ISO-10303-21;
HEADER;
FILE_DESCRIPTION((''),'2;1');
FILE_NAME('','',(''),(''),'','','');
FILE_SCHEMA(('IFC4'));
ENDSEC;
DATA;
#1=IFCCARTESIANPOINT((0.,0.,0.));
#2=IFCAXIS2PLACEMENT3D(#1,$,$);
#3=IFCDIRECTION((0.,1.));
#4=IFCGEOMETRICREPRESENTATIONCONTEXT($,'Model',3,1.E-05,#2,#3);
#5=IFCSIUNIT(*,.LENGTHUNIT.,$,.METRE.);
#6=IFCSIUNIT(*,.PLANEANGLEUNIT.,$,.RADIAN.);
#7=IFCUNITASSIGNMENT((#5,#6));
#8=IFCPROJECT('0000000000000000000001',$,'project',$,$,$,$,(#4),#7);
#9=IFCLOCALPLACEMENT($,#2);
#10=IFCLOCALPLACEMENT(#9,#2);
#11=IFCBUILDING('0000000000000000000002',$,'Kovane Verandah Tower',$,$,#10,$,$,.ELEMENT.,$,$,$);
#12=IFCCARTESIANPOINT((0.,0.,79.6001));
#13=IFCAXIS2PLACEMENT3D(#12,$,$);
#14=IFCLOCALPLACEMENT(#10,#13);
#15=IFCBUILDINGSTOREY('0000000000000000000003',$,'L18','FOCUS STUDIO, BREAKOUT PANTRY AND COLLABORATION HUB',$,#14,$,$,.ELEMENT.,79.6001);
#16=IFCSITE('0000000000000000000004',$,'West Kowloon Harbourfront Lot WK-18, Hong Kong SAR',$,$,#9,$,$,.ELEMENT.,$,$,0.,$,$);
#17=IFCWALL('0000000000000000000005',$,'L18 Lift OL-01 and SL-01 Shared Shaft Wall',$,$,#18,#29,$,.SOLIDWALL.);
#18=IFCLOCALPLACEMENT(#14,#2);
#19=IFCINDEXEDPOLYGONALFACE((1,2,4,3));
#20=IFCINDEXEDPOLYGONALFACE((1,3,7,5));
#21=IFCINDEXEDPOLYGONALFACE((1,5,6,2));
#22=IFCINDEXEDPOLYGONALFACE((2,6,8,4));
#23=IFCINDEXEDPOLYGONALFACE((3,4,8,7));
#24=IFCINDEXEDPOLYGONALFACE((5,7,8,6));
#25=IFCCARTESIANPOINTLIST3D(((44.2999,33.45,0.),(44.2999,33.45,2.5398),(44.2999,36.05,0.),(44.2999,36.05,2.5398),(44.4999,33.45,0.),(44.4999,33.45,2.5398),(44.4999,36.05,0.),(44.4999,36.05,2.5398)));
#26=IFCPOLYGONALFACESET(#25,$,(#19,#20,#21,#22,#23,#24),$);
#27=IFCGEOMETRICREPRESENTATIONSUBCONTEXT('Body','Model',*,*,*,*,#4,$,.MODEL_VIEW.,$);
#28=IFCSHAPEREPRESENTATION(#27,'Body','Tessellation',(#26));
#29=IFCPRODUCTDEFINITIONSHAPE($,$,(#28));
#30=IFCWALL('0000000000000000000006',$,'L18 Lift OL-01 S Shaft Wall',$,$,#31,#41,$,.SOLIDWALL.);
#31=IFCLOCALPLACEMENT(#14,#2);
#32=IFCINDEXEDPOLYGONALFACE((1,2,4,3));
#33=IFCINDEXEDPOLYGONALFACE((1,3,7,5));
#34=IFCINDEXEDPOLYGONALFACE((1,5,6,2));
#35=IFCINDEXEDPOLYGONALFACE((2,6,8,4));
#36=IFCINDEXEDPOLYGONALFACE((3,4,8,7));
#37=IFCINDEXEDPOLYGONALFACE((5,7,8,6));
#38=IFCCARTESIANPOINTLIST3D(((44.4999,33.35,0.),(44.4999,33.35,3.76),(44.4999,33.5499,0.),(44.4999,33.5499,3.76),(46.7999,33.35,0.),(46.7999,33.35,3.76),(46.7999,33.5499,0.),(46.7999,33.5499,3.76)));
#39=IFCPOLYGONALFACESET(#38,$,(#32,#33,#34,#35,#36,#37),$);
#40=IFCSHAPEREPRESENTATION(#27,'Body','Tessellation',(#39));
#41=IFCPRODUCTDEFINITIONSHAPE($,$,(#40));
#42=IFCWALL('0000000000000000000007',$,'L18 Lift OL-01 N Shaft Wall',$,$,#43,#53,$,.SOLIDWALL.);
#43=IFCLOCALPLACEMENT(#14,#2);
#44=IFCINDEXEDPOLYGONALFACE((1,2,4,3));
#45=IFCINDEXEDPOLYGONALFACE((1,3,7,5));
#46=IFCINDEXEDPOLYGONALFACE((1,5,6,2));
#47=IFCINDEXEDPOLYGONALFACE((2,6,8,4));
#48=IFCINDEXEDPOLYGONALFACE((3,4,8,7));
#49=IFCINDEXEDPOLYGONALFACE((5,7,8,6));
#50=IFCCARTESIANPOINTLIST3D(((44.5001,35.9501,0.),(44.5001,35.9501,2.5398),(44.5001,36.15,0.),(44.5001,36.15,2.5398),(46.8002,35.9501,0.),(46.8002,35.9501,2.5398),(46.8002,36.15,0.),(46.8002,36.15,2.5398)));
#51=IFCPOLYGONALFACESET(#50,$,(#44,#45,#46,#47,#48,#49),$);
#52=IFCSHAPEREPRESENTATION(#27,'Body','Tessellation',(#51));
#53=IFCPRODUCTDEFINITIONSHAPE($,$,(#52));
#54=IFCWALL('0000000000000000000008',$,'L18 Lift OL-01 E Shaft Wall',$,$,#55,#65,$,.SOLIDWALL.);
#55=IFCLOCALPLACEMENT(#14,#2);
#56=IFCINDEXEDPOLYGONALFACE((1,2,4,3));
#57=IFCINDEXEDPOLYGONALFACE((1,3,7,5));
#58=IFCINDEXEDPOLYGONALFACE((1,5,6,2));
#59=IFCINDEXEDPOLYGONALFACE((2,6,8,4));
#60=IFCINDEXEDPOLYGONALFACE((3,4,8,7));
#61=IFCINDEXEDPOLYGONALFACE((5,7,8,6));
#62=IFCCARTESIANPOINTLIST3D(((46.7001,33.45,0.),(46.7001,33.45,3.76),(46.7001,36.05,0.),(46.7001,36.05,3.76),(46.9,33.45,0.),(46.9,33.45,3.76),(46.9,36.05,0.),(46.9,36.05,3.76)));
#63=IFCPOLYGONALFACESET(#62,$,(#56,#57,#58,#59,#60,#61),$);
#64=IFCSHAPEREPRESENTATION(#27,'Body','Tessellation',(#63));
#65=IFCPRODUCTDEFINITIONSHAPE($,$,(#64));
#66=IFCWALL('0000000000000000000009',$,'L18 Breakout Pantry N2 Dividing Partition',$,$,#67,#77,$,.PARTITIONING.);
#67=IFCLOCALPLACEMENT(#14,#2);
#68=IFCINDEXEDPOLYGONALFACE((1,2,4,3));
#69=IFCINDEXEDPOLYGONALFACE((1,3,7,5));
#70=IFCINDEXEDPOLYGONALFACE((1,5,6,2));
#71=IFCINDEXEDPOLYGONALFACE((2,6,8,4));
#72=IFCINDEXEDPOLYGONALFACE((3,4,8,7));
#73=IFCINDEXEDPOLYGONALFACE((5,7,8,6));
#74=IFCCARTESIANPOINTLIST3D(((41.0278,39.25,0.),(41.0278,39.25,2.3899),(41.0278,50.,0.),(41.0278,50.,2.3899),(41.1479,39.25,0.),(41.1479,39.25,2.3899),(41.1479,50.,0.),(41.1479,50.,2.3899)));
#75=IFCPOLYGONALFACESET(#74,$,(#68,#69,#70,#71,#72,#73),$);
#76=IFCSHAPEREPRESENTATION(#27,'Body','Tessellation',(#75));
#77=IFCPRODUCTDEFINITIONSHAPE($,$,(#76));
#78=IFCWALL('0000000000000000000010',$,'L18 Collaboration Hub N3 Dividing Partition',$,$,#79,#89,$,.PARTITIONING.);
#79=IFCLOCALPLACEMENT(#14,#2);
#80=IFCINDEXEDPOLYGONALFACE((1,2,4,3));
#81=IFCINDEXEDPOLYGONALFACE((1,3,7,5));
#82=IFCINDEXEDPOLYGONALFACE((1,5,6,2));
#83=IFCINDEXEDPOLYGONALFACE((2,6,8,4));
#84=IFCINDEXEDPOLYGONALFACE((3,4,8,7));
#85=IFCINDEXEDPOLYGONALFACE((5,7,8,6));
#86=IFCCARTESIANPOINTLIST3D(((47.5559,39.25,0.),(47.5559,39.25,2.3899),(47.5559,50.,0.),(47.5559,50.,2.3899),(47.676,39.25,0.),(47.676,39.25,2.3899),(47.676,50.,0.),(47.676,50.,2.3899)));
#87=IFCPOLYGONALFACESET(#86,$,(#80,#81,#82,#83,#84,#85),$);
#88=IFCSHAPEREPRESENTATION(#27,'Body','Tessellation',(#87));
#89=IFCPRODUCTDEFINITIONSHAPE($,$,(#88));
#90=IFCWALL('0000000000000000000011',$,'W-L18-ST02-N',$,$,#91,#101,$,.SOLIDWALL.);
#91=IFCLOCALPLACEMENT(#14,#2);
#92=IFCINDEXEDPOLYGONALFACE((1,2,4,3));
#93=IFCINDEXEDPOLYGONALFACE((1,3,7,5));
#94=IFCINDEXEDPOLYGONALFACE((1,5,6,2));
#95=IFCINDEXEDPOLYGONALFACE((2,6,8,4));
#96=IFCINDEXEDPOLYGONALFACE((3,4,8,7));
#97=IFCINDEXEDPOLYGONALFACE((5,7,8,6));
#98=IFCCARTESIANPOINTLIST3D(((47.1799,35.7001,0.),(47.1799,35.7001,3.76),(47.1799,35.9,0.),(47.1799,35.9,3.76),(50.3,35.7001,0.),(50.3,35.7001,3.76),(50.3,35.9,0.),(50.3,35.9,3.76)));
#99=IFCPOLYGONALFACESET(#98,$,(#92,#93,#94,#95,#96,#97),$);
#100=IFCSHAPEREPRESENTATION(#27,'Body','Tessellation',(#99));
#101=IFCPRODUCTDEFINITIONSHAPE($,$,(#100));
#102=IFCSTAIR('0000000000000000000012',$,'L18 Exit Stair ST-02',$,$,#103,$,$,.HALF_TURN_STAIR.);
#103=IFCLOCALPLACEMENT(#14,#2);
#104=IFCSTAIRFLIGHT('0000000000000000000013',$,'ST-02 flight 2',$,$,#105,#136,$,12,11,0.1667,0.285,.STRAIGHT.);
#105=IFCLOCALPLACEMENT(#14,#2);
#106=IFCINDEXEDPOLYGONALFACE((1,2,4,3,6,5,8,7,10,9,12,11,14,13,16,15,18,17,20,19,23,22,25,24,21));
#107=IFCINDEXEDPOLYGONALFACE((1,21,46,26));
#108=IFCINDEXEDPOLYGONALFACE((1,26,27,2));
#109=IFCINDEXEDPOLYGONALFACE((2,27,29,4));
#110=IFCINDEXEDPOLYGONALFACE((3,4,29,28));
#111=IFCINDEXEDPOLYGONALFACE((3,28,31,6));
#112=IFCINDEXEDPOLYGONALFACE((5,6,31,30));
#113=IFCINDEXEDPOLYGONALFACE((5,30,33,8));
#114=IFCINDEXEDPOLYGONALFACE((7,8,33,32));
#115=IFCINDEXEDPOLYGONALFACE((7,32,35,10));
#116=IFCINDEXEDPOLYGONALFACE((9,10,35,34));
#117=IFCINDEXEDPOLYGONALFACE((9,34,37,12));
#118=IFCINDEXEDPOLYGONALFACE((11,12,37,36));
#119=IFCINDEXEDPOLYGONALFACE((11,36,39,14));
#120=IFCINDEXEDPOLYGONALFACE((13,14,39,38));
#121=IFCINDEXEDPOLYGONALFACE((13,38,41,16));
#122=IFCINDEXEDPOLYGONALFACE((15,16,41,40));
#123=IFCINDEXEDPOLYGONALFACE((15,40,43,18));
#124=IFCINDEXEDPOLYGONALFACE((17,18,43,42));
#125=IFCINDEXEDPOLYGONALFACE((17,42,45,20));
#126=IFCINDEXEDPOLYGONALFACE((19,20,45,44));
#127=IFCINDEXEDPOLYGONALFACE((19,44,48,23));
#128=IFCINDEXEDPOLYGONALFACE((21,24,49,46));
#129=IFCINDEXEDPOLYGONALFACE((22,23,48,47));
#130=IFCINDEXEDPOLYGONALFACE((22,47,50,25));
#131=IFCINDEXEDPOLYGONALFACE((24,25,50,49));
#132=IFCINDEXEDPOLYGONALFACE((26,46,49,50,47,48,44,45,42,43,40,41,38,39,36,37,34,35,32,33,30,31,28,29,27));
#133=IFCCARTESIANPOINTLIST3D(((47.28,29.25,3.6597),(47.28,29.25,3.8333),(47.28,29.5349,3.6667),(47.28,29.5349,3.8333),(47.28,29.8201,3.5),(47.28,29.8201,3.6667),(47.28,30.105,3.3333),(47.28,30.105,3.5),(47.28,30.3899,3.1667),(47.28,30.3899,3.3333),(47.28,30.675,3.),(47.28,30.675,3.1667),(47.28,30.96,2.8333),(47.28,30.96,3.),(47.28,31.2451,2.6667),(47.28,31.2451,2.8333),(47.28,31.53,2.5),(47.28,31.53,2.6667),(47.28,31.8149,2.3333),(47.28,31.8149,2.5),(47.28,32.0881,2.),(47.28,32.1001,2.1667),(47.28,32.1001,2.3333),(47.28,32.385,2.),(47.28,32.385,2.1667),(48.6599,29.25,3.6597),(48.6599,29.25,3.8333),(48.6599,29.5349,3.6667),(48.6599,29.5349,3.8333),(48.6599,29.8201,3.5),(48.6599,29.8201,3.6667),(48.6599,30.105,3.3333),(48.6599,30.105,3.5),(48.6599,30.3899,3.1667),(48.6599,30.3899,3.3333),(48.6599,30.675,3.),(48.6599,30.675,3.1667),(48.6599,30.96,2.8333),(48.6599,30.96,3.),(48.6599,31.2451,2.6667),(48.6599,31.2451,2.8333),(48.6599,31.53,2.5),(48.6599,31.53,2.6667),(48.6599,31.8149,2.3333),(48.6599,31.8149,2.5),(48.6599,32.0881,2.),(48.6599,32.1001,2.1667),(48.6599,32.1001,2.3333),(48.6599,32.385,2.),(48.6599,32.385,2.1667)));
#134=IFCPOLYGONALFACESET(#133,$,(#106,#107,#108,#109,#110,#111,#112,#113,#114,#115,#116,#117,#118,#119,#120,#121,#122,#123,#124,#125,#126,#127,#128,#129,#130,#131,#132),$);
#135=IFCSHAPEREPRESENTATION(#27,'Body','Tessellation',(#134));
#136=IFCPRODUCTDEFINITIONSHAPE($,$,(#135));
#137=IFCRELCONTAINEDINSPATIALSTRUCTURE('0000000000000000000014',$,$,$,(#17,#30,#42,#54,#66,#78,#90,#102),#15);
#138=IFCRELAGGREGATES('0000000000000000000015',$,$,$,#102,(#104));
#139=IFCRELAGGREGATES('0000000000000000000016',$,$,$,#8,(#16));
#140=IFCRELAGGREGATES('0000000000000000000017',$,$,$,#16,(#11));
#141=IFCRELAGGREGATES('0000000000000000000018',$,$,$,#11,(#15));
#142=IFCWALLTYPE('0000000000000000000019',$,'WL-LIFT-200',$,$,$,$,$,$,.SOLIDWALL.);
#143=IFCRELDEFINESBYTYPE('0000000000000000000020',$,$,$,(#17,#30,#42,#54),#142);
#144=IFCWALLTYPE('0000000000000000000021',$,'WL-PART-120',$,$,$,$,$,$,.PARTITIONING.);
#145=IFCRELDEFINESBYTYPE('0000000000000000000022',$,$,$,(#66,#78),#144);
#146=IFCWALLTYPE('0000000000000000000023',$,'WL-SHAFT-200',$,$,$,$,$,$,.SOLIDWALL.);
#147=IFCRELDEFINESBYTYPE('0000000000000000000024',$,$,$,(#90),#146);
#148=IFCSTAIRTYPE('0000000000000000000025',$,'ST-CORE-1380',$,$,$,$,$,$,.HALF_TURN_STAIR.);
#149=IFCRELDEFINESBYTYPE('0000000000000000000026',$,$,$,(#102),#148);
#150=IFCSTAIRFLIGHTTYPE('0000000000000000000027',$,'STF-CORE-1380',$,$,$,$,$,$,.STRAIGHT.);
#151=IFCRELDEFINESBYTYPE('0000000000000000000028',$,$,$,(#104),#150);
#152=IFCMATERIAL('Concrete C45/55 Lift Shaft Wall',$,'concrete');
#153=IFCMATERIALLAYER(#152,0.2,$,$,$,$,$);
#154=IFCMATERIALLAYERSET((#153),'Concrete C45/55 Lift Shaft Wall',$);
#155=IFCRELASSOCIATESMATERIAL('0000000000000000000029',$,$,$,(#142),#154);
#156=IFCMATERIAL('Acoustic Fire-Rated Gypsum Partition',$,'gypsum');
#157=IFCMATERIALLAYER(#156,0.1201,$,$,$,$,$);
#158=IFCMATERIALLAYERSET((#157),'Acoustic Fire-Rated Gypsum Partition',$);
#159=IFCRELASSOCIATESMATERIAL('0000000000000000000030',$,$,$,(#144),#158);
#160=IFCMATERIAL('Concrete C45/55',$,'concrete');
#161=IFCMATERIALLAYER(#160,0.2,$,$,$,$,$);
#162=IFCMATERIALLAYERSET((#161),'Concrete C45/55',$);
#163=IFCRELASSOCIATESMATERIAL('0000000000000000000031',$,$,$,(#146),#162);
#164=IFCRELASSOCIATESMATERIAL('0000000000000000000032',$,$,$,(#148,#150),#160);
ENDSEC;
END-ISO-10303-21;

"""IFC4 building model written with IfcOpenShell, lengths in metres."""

from ifc_helpers import new_model, si_unit, direction, frame, frame_2d, origin, place, context, subcontext, project, spatial, polyline, rectangle, outline, extrude, material, layer, layer_set, type_object, element, aggregate, save


model = new_model("IFC4")

# Units and contexts
model_context = context("Model", 3, precision=1e-05, world=origin(), true_north=direction((0.0, 1.0)))
body_context = subcontext(model_context, "Body", "Model", "MODEL_VIEW")
ifc_project = project(units=[si_unit("LENGTHUNIT", "METRE"), si_unit("PLANEANGLEUNIT", "RADIAN")], contexts=[model_context])

# Site, building, storey
site_placement = place(None, origin())
site = spatial("IfcSite", under=ifc_project, at=site_placement, Name="West Kowloon Harbourfront Lot WK-18, Hong Kong SAR", CompositionType="ELEMENT", RefElevation=0.0)
building_placement = place(site_placement, origin())
building = spatial("IfcBuilding", under=site, at=building_placement, Name="Kovane Verandah Tower", CompositionType="ELEMENT")
storey_placement = place(building_placement, frame((0.0, 0.0, 79.6001)))
storey = spatial("IfcBuildingStorey", under=building, at=storey_placement, Name="L18", Description="FOCUS STUDIO, BREAKOUT PANTRY AND COLLABORATION HUB", CompositionType="ELEMENT", Elevation=79.6001)

# Walls
ifc_material_1 = material(Name="Concrete C45/55 Lift Shaft Wall", Category="concrete")
ifc_layer_1 = layer(ifc_material_1, 0.2)
ifc_layer_set_1 = layer_set([ifc_layer_1], Name="Concrete C45/55 Lift Shaft Wall")
wall_type_1 = type_object("IfcWallType", Name="WL-LIFT-200", PredefinedType="SOLIDWALL", material=ifc_layer_set_1)
for number, where, z_axis, x_axis, name in (
    (1, (44.3999, 33.45, 0.0), (0.0, 0.0, 1.0), (0.0, 1.0, 0.0), "L18 Lift OL-01 and SL-01 Shared Shaft Wall"),
):
    element("IfcWall", number, at=place(storey_placement, frame(where, z_axis=z_axis, x_axis=x_axis)), inside=storey, type_object=wall_type_1, Name=name, PredefinedType="SOLIDWALL", context=body_context, shape_type="SweptSolid", body=[
        extrude(rectangle(XDim=2.6001, YDim=0.2, at=frame_2d((1.3, 0.0))), origin(), (0.0, 0.0, 1.0), 2.5398),
    ])
wall_1_placement = place(storey_placement, frame((44.5, 33.45, 0.0), z_axis=(0.0, 0.0, 1.0), x_axis=(1.0, 0.0, 0.0)))
element("IfcWall", 2, at=wall_1_placement, inside=storey, type_object=wall_type_1, Name="L18 Lift OL-01 S Shaft Wall", PredefinedType="SOLIDWALL", context=body_context, shape_type="SweptSolid", body=[
    extrude(rectangle(XDim=2.3, YDim=0.2, at=frame_2d((1.1499, 0.0))), origin(), (0.0, 0.0, 1.0), 3.76),
])
wall_2_placement = place(storey_placement, frame((46.8, 36.05, 0.0), z_axis=(0.0, 0.0, 1.0), x_axis=(-1.0, 0.0, 0.0)))
element("IfcWall", 3, at=wall_2_placement, inside=storey, type_object=wall_type_1, Name="L18 Lift OL-01 N Shaft Wall", PredefinedType="SOLIDWALL", context=body_context, shape_type="SweptSolid", body=[
    extrude(rectangle(XDim=2.3, YDim=0.2, at=frame_2d((1.1499, 0.0))), origin(), (0.0, 0.0, 1.0), 2.5398),
])
wall_3_placement = place(storey_placement, frame((46.8, 33.45, 0.0), z_axis=(0.0, 0.0, 1.0), x_axis=(0.0, 1.0, 0.0)))
element("IfcWall", 4, at=wall_3_placement, inside=storey, type_object=wall_type_1, Name="L18 Lift OL-01 E Shaft Wall", PredefinedType="SOLIDWALL", context=body_context, shape_type="SweptSolid", body=[
    extrude(rectangle(XDim=2.6001, YDim=0.2, at=frame_2d((1.3, 0.0))), origin(), (0.0, 0.0, 1.0), 3.76),
])
ifc_material_2 = material(Name="Acoustic Fire-Rated Gypsum Partition", Category="gypsum")
ifc_layer_2 = layer(ifc_material_2, 0.1201)
ifc_layer_set_2 = layer_set([ifc_layer_2], Name="Acoustic Fire-Rated Gypsum Partition")
wall_type_2 = type_object("IfcWallType", Name="WL-PART-120", PredefinedType="PARTITIONING", material=ifc_layer_set_2)
for number, where, z_axis, x_axis, name in (
    (5, (41.0879, 39.25, 0.0), (0.0, 0.0, 1.0), (0.0, 1.0, 0.0), "L18 Breakout Pantry N2 Dividing Partition"),
    (6, (47.616, 39.25, 0.0), (0.0, 0.0, 1.0), (0.0, 1.0, 0.0), "L18 Collaboration Hub N3 Dividing Partition"),
):
    element("IfcWall", number, at=place(storey_placement, frame(where, z_axis=z_axis, x_axis=x_axis)), inside=storey, type_object=wall_type_2, Name=name, PredefinedType="PARTITIONING", context=body_context, shape_type="SweptSolid", body=[
        extrude(rectangle(XDim=10.75, YDim=0.1201, at=frame_2d((5.375, 0.0))), origin(), (0.0, 0.0, 1.0), 2.3899),
    ])
ifc_material_3 = material(Name="Concrete C45/55", Category="concrete")
ifc_layer_3 = layer(ifc_material_3, 0.2)
ifc_layer_set_3 = layer_set([ifc_layer_3], Name="Concrete C45/55")
wall_type_3 = type_object("IfcWallType", Name="WL-SHAFT-200", PredefinedType="SOLIDWALL", material=ifc_layer_set_3)
wall_4_placement = place(storey_placement, frame((47.1799, 35.8, 0.0), z_axis=(0.0, 0.0, 1.0), x_axis=(1.0, 0.0, 0.0)))
element("IfcWall", 7, at=wall_4_placement, inside=storey, type_object=wall_type_3, Name="W-L18-ST02-N", PredefinedType="SOLIDWALL", context=body_context, shape_type="SweptSolid", body=[
    extrude(rectangle(XDim=3.1201, YDim=0.2, at=frame_2d((1.5601, 0.0))), origin(), (0.0, 0.0, 1.0), 3.76),
])

# Stair, stair flight
stair_type = type_object("IfcStairType", Name="ST-CORE-1380", PredefinedType="HALF_TURN_STAIR", material=ifc_material_3)
stair_placement = place(storey_placement, origin())
stair = element("IfcStair", 8, at=stair_placement, inside=storey, type_object=stair_type, Name="L18 Exit Stair ST-02", PredefinedType="HALF_TURN_STAIR")
stair_flight_type = type_object("IfcStairFlightType", Name="STF-CORE-1380", PredefinedType="STRAIGHT", material=ifc_material_3)
stair_flight_placement = place(storey_placement, frame((47.97, 32.385, 2.0), z_axis=(0.0, 0.0, 1.0), x_axis=(0.0, -1.0, 0.0)))
stair_flight = element("IfcStairFlight", 9, at=stair_flight_placement, type_object=stair_flight_type, Name="ST-02 flight 2", NumberOfRisers=12, NumberOfTreads=11, PredefinedType="STRAIGHT", RiserHeight=0.1667, TreadLength=0.285, context=body_context, shape_type="SweptSolid", body=[
    extrude(outline(polyline([(0.0, 0.0), (0.0, 0.1667), (0.2849, 0.1667), (0.2849, 0.3333), (0.5701, 0.3333), (0.5701, 0.5), (0.855, 0.5), (0.855, 0.6667), (1.1399, 0.6667), (1.1399, 0.8333), (1.425, 0.8333), (1.425, 1.0), (1.71, 1.0), (1.71, 1.1667), (1.9951, 1.1667), (1.9951, 1.3333), (2.28, 1.3333), (2.28, 1.5), (2.5649, 1.5), (2.5649, 1.6667), (2.8501, 1.6667), (2.8501, 1.8333), (3.135, 1.8333), (3.135, 2.0), (3.135, 1.6597), (0.2969, 0.0), (0.0, 0.0)])), frame((0.0, 0.6899, 0.0), z_axis=(0.0, -1.0, 0.0), x_axis=(1.0, 0.0, 0.0)), (0.0, 0.0, 1.0), 1.3799),
])
aggregate(stair, [stair_flight])

save(model, "model.ifc")
